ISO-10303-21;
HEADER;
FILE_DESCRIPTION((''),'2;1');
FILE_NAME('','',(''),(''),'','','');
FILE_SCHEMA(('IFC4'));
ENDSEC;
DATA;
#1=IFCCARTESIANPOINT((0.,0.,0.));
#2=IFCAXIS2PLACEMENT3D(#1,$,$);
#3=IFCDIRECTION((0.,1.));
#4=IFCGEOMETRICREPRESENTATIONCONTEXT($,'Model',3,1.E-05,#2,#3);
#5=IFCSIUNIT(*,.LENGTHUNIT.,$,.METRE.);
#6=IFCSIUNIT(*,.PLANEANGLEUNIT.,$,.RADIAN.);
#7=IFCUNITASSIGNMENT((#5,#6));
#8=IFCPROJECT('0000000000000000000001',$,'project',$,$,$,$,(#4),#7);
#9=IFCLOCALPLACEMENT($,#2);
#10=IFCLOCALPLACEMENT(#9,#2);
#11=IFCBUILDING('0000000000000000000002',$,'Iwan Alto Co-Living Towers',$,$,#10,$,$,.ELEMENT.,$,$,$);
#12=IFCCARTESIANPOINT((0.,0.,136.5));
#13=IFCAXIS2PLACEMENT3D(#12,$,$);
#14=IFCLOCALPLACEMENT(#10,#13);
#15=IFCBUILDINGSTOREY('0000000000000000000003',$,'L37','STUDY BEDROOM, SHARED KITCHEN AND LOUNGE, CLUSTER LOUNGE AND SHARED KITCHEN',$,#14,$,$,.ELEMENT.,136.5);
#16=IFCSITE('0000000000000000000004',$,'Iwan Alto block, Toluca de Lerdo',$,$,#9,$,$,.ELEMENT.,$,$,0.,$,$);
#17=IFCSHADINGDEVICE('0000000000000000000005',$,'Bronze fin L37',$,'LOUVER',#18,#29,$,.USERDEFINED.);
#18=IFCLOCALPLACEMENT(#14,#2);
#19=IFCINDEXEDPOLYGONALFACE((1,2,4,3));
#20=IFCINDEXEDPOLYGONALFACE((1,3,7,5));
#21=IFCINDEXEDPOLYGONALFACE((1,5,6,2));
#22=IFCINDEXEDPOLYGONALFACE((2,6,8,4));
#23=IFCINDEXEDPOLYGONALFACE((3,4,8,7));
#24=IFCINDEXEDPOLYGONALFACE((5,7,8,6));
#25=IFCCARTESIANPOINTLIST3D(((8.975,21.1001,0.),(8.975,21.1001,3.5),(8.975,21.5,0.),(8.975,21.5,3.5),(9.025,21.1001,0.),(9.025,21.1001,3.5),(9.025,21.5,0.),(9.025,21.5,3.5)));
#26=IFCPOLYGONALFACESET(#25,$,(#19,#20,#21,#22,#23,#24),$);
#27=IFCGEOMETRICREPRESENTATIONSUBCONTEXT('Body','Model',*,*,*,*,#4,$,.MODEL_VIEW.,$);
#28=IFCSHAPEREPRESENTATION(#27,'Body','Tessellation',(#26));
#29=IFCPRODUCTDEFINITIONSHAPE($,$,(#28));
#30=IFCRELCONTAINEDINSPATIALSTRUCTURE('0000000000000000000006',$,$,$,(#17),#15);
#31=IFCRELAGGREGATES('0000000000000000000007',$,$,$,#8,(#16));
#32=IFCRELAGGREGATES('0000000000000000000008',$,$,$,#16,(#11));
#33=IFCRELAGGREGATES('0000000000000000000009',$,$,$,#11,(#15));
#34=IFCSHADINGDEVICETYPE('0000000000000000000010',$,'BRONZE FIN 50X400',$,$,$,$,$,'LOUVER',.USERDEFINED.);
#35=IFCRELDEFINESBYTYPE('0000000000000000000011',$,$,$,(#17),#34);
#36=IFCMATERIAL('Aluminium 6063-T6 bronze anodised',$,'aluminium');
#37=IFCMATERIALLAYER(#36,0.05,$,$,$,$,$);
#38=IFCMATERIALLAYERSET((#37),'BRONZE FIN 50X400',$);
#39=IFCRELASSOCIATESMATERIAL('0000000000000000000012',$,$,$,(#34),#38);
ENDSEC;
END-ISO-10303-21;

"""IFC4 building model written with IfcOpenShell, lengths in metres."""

from ifc_helpers import new_model, si_unit, direction, frame, origin, origin_2d, place, context, subcontext, project, spatial, rectangle, extrude, material, layer, layer_set, type_object, element, save


model = new_model("IFC4")

# Units and contexts
model_context = context("Model", 3, precision=1e-05, world=origin(), true_north=direction((0.0, 1.0)))
body_context = subcontext(model_context, "Body", "Model", "MODEL_VIEW")
ifc_project = project(units=[si_unit("LENGTHUNIT", "METRE"), si_unit("PLANEANGLEUNIT", "RADIAN")], contexts=[model_context])

# Site, building, storey
site_placement = place(None, origin())
site = spatial("IfcSite", under=ifc_project, at=site_placement, Name="Iwan Alto block, Toluca de Lerdo", CompositionType="ELEMENT", RefElevation=0.0)
building_placement = place(site_placement, origin())
building = spatial("IfcBuilding", under=site, at=building_placement, Name="Iwan Alto Co-Living Towers", CompositionType="ELEMENT")
storey_placement = place(building_placement, frame((0.0, 0.0, 136.5)))
storey = spatial("IfcBuildingStorey", under=building, at=storey_placement, Name="L37", Description="STUDY BEDROOM, SHARED KITCHEN AND LOUNGE, CLUSTER LOUNGE AND SHARED KITCHEN", CompositionType="ELEMENT", Elevation=136.5)

# Shading device
ifc_material_1 = material(Name="Aluminium 6063-T6 bronze anodised", Category="aluminium")
ifc_layer_1 = layer(ifc_material_1, 0.05)
ifc_layer_set_1 = layer_set([ifc_layer_1], Name="BRONZE FIN 50X400")
shading_device_type = type_object("IfcShadingDeviceType", Name="BRONZE FIN 50X400", ElementType="LOUVER", PredefinedType="USERDEFINED", material=ifc_layer_set_1)
shading_device_placement = place(storey_placement, frame((9.0, 21.3, 0.0), z_axis=(0.0, 0.0, 1.0), x_axis=(-1.0, 0.0, 0.0)))
element("IfcShadingDevice", 1, at=shading_device_placement, inside=storey, type_object=shading_device_type, Name="Bronze fin L37", ObjectType="LOUVER", PredefinedType="USERDEFINED", context=body_context, shape_type="SweptSolid", body=[
    extrude(rectangle(XDim=0.05, YDim=0.3999, at=origin_2d()), origin(), (0.0, 0.0, 1.0), 3.5),
])

save(model, "model.ifc")
